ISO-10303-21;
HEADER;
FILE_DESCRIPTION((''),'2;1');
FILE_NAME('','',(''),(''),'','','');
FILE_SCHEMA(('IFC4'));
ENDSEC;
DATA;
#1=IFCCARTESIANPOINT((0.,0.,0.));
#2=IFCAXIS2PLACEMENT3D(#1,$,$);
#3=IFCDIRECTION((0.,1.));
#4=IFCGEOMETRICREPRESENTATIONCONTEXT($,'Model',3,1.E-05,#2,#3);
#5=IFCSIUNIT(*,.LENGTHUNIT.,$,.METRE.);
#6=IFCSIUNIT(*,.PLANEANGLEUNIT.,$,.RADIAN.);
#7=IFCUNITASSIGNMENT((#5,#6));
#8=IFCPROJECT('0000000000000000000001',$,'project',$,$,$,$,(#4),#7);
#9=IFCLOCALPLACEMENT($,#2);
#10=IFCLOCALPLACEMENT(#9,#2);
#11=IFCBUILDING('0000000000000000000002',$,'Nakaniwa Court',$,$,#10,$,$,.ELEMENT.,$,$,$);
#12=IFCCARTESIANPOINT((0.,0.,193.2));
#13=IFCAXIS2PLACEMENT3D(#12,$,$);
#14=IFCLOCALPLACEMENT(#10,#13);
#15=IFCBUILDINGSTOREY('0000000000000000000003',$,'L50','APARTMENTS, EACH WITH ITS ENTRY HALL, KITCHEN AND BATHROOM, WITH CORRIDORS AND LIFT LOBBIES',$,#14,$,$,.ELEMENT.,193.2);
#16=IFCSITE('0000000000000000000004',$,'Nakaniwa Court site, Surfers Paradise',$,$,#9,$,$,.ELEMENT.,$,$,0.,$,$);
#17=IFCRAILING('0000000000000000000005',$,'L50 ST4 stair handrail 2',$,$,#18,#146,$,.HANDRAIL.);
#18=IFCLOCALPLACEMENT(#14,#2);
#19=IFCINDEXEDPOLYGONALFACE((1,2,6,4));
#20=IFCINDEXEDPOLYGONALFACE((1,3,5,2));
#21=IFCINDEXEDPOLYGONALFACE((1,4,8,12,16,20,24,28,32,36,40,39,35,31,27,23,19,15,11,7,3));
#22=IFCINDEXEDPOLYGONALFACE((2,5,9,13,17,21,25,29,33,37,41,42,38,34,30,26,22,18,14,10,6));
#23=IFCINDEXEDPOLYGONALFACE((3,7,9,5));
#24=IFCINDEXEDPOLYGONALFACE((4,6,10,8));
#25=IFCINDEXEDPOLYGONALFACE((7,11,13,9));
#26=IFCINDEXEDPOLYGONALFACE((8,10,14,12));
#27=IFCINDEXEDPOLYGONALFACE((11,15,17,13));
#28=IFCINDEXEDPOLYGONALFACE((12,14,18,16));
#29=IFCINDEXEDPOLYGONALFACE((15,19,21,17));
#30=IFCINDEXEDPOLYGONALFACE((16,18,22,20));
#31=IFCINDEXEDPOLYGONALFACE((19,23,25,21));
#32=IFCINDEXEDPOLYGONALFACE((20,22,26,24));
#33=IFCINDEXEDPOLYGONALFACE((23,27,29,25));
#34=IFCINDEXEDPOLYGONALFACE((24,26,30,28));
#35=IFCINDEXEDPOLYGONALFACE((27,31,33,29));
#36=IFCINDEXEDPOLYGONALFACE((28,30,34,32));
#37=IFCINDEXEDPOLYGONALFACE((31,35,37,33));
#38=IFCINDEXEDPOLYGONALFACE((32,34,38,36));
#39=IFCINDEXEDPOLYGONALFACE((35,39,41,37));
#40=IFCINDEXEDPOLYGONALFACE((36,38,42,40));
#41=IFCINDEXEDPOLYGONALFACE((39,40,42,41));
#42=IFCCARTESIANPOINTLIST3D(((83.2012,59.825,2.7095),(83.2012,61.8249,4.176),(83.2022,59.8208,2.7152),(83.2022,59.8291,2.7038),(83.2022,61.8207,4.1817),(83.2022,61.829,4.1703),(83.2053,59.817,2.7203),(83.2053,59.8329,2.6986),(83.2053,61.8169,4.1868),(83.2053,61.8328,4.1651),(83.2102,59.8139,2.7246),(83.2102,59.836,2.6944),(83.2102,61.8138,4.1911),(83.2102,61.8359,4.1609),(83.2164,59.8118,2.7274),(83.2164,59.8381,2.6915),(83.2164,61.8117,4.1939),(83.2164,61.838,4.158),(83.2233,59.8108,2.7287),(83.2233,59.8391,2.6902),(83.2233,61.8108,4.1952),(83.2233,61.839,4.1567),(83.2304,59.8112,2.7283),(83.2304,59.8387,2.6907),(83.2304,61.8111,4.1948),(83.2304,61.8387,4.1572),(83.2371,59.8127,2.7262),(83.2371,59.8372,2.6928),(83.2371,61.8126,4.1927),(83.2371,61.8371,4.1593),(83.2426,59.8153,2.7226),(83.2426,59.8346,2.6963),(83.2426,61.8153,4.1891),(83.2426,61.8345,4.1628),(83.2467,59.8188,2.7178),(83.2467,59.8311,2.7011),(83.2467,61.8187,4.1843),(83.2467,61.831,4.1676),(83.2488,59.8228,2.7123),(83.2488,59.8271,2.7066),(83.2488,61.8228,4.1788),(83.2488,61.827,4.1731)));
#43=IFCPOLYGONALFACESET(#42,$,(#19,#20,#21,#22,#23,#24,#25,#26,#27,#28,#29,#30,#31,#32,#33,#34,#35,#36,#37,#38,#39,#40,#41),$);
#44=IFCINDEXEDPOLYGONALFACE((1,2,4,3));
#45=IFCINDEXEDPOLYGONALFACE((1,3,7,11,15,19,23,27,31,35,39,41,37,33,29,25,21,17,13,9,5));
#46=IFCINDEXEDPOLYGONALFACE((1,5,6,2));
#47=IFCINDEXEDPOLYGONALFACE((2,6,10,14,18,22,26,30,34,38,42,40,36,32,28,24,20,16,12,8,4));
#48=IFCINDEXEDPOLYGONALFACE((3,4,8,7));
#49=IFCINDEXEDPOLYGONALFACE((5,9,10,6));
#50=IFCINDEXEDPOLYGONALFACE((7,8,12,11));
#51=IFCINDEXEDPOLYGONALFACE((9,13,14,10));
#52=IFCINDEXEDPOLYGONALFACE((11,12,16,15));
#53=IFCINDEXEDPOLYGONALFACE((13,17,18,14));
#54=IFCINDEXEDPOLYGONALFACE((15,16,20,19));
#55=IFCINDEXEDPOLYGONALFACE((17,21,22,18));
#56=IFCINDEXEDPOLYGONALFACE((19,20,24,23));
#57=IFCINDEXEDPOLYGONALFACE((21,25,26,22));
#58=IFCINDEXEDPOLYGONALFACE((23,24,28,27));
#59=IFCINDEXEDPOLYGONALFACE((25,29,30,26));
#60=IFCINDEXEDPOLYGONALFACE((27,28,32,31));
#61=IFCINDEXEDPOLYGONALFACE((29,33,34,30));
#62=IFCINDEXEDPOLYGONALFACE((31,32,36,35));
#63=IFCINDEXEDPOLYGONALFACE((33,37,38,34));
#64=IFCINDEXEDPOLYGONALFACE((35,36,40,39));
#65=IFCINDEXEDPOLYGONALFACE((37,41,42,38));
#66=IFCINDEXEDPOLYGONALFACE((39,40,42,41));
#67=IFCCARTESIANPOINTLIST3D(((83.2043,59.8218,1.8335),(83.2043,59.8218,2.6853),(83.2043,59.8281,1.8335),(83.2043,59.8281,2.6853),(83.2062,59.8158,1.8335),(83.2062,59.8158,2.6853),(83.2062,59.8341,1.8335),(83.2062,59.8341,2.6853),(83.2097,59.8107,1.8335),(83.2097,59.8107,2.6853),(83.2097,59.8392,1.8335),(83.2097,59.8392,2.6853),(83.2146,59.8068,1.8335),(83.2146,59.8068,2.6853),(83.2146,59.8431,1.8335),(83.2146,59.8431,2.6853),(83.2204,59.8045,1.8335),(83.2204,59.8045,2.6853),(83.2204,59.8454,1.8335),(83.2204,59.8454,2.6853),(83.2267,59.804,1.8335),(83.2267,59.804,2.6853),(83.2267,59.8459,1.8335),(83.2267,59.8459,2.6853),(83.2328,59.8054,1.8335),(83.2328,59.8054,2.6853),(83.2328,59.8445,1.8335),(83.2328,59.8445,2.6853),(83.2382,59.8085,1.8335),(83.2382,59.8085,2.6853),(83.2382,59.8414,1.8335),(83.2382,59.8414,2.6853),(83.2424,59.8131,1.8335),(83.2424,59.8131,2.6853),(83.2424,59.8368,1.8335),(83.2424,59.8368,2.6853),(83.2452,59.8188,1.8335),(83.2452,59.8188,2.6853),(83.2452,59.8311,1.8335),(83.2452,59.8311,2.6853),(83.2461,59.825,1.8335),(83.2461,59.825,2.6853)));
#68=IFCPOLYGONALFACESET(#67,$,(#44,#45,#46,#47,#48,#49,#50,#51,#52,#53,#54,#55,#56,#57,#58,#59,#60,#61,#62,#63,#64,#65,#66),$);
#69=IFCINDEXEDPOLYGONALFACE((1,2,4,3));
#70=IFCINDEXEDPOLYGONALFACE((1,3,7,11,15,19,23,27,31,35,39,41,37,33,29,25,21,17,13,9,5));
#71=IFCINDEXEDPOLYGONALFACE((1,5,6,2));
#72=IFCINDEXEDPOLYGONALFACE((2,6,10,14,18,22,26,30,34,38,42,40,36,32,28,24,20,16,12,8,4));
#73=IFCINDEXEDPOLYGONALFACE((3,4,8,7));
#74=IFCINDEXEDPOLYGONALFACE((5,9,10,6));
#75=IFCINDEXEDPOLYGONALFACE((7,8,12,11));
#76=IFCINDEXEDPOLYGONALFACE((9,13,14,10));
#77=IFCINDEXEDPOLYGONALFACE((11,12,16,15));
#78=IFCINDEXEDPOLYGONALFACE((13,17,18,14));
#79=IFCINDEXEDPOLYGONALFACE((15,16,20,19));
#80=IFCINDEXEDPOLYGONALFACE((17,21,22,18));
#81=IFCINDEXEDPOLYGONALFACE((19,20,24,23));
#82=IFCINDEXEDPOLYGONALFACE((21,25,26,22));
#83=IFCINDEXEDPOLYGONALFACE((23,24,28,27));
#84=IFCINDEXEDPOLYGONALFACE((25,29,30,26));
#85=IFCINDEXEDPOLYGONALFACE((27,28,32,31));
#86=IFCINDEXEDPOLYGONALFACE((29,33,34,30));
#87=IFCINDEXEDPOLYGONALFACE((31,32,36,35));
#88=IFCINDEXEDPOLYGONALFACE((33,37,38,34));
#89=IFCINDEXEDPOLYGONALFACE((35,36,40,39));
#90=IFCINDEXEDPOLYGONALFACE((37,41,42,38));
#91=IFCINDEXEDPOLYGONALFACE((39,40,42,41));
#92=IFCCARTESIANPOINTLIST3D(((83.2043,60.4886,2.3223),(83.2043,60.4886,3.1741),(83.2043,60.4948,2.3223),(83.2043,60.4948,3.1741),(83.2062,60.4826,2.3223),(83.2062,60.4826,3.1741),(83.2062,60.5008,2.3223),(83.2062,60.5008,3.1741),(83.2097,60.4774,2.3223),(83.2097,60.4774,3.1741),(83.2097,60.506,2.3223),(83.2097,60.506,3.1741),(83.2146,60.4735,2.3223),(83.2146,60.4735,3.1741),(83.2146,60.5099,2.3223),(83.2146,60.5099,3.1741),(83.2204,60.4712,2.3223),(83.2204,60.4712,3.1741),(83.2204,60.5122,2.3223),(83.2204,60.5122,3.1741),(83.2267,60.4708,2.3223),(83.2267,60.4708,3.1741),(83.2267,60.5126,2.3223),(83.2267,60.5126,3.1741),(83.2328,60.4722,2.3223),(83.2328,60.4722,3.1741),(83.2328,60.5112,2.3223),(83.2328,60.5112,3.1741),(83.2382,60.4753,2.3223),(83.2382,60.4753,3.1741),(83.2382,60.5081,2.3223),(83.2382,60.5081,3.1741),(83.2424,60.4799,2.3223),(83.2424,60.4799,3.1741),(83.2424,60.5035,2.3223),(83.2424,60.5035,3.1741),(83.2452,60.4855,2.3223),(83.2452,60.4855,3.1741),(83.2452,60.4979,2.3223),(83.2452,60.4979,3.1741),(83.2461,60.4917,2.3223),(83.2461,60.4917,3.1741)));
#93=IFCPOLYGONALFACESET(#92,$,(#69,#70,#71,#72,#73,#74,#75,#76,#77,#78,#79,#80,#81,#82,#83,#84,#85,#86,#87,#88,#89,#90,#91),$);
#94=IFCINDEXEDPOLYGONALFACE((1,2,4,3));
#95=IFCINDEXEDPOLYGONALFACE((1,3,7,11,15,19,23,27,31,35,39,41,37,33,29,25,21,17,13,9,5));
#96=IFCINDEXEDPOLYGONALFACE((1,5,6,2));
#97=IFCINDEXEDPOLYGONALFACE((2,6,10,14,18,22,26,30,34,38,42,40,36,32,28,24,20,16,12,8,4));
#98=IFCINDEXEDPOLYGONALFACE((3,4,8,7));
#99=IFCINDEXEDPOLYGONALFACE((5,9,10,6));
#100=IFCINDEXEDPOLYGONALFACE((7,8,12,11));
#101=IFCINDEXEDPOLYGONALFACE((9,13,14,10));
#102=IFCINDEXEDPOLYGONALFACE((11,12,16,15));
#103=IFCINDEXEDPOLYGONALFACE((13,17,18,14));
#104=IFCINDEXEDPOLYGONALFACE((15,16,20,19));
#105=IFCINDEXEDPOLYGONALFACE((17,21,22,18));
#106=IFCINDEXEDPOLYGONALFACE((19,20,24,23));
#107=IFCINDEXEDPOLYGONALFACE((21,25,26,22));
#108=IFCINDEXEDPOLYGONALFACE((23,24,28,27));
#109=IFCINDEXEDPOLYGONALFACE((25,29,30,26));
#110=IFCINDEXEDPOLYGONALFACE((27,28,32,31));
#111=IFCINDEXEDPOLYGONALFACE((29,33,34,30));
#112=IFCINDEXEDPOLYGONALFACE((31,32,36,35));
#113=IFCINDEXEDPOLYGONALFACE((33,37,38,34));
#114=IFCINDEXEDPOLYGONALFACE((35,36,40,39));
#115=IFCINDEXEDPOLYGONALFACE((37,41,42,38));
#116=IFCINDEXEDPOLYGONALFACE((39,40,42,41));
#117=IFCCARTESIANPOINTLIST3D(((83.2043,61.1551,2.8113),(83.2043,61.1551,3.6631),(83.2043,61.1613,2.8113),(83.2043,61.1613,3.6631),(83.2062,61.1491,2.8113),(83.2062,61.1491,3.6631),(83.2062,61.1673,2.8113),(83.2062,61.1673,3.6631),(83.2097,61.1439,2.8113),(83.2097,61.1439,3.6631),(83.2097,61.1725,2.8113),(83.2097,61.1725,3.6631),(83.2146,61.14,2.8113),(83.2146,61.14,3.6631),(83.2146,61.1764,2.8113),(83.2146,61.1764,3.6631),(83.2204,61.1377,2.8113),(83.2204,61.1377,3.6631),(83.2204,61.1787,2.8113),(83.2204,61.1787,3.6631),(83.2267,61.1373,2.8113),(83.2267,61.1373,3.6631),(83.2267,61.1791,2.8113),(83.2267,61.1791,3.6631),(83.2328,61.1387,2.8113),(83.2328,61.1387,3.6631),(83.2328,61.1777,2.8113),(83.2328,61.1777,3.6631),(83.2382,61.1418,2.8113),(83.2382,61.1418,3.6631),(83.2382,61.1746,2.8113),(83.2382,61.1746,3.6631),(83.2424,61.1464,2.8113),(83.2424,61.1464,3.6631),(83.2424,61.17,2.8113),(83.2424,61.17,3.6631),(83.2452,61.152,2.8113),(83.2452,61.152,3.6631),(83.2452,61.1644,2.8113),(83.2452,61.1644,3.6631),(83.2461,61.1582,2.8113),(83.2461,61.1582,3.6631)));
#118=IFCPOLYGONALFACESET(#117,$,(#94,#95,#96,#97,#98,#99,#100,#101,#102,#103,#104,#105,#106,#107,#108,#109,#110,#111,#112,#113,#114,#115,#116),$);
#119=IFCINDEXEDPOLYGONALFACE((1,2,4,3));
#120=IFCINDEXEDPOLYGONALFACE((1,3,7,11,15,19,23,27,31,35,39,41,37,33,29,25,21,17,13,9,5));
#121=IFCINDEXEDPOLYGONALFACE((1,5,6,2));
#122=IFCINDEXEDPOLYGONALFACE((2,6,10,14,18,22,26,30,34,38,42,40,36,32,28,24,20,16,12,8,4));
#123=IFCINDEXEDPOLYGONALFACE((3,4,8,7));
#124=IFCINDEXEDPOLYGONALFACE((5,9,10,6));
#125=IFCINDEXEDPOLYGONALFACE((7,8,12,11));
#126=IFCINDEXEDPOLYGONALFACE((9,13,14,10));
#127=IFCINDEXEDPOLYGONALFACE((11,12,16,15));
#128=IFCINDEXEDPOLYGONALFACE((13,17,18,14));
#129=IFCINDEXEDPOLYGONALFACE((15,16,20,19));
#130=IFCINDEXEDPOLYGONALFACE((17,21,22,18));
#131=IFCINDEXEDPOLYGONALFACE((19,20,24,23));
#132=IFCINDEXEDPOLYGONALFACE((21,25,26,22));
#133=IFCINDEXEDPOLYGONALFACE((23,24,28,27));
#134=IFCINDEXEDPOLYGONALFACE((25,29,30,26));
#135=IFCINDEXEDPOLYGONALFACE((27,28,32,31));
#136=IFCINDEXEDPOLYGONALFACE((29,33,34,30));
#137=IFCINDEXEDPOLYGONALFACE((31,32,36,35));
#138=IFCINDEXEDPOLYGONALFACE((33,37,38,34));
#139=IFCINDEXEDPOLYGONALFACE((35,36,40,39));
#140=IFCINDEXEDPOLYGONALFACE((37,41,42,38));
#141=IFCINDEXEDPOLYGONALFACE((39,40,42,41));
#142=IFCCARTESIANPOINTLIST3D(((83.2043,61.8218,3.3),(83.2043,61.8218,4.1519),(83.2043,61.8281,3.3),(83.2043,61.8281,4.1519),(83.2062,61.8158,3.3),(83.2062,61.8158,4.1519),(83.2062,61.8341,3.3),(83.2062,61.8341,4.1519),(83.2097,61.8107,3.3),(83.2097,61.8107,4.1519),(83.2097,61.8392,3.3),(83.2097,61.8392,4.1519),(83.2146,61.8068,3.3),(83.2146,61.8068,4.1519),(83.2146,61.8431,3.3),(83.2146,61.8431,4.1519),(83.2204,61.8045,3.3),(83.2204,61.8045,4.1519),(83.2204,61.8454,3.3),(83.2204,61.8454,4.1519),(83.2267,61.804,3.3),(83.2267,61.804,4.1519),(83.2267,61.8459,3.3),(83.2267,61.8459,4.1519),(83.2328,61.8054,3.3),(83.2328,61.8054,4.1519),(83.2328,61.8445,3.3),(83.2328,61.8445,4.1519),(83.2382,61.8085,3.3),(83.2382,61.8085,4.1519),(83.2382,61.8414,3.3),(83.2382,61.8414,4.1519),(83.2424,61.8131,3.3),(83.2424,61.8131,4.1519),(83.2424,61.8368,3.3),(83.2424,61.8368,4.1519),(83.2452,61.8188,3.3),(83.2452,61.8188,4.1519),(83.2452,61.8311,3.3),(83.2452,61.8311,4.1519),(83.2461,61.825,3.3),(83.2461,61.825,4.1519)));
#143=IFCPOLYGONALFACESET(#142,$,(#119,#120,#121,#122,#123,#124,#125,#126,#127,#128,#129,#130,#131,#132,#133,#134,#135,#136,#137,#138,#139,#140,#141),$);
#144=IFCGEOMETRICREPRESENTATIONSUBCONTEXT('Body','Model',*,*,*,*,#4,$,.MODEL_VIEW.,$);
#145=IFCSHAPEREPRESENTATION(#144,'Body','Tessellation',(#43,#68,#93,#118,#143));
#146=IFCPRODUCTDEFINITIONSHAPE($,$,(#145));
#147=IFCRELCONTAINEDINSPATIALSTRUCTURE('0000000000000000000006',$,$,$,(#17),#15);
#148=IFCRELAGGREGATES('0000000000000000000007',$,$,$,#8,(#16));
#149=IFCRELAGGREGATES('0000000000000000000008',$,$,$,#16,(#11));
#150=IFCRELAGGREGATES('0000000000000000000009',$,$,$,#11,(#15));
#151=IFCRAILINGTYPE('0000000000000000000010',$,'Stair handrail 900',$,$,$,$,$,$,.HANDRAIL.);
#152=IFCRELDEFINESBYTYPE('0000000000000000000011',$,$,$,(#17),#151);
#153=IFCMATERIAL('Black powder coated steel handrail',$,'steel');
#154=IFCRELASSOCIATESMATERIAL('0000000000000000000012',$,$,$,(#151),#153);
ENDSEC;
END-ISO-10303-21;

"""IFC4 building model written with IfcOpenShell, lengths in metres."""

from ifc_helpers import new_model, si_unit, direction, frame, origin, origin_2d, place, context, subcontext, project, spatial, circle, extrude, material, type_object, element, save


model = new_model("IFC4")

# Units and contexts
model_context = context("Model", 3, precision=1e-05, world=origin(), true_north=direction((0.0, 1.0)))
body_context = subcontext(model_context, "Body", "Model", "MODEL_VIEW")
ifc_project = project(units=[si_unit("LENGTHUNIT", "METRE"), si_unit("PLANEANGLEUNIT", "RADIAN")], contexts=[model_context])

# Site, building, storey
site_placement = place(None, origin())
site = spatial("IfcSite", under=ifc_project, at=site_placement, Name="Nakaniwa Court site, Surfers Paradise", CompositionType="ELEMENT", RefElevation=0.0)
building_placement = place(site_placement, origin())
building = spatial("IfcBuilding", under=site, at=building_placement, Name="Nakaniwa Court", CompositionType="ELEMENT")
storey_placement = place(building_placement, frame((0.0, 0.0, 193.2)))
storey = spatial("IfcBuildingStorey", under=building, at=storey_placement, Name="L50", Description="APARTMENTS, EACH WITH ITS ENTRY HALL, KITCHEN AND BATHROOM, WITH CORRIDORS AND LIFT LOBBIES", CompositionType="ELEMENT", Elevation=193.2)

# Railing
ifc_material_1 = material(Name="Black powder coated steel handrail", Category="steel")
railing_type_1 = type_object("IfcRailingType", Name="Stair handrail 900", PredefinedType="HANDRAIL", material=ifc_material_1)
railing_1_placement = place(storey_placement, frame((83.2251, 59.825, 1.8335)))
element("IfcRailing", 1, at=railing_1_placement, inside=storey, type_object=railing_type_1, Name="L50 ST4 stair handrail 2", PredefinedType="HANDRAIL", context=body_context, shape_type="SweptSolid", body=[
    extrude(circle(Radius=0.0239, at=origin_2d()), frame((0.0, 0.0, 0.876), z_axis=(0.0, 0.806427, 0.591334), x_axis=(-1.0, 0.0, 0.0)), (0.0, 0.0, 1.0), 2.48),
    extrude(circle(Radius=0.021, at=origin_2d()), origin(), (0.0, 0.0, 1.0), 0.8518),
    extrude(circle(Radius=0.021, at=origin_2d()), frame((0.0, 0.6667, 0.4888)), (0.0, 0.0, 1.0), 0.8518),
    extrude(circle(Radius=0.021, at=origin_2d()), frame((0.0, 1.3333, 0.9778)), (0.0, 0.0, 1.0), 0.8518),
    extrude(circle(Radius=0.021, at=origin_2d()), frame((0.0, 2.0, 1.4666)), (0.0, 0.0, 1.0), 0.8518),
])

save(model, "model.ifc")
